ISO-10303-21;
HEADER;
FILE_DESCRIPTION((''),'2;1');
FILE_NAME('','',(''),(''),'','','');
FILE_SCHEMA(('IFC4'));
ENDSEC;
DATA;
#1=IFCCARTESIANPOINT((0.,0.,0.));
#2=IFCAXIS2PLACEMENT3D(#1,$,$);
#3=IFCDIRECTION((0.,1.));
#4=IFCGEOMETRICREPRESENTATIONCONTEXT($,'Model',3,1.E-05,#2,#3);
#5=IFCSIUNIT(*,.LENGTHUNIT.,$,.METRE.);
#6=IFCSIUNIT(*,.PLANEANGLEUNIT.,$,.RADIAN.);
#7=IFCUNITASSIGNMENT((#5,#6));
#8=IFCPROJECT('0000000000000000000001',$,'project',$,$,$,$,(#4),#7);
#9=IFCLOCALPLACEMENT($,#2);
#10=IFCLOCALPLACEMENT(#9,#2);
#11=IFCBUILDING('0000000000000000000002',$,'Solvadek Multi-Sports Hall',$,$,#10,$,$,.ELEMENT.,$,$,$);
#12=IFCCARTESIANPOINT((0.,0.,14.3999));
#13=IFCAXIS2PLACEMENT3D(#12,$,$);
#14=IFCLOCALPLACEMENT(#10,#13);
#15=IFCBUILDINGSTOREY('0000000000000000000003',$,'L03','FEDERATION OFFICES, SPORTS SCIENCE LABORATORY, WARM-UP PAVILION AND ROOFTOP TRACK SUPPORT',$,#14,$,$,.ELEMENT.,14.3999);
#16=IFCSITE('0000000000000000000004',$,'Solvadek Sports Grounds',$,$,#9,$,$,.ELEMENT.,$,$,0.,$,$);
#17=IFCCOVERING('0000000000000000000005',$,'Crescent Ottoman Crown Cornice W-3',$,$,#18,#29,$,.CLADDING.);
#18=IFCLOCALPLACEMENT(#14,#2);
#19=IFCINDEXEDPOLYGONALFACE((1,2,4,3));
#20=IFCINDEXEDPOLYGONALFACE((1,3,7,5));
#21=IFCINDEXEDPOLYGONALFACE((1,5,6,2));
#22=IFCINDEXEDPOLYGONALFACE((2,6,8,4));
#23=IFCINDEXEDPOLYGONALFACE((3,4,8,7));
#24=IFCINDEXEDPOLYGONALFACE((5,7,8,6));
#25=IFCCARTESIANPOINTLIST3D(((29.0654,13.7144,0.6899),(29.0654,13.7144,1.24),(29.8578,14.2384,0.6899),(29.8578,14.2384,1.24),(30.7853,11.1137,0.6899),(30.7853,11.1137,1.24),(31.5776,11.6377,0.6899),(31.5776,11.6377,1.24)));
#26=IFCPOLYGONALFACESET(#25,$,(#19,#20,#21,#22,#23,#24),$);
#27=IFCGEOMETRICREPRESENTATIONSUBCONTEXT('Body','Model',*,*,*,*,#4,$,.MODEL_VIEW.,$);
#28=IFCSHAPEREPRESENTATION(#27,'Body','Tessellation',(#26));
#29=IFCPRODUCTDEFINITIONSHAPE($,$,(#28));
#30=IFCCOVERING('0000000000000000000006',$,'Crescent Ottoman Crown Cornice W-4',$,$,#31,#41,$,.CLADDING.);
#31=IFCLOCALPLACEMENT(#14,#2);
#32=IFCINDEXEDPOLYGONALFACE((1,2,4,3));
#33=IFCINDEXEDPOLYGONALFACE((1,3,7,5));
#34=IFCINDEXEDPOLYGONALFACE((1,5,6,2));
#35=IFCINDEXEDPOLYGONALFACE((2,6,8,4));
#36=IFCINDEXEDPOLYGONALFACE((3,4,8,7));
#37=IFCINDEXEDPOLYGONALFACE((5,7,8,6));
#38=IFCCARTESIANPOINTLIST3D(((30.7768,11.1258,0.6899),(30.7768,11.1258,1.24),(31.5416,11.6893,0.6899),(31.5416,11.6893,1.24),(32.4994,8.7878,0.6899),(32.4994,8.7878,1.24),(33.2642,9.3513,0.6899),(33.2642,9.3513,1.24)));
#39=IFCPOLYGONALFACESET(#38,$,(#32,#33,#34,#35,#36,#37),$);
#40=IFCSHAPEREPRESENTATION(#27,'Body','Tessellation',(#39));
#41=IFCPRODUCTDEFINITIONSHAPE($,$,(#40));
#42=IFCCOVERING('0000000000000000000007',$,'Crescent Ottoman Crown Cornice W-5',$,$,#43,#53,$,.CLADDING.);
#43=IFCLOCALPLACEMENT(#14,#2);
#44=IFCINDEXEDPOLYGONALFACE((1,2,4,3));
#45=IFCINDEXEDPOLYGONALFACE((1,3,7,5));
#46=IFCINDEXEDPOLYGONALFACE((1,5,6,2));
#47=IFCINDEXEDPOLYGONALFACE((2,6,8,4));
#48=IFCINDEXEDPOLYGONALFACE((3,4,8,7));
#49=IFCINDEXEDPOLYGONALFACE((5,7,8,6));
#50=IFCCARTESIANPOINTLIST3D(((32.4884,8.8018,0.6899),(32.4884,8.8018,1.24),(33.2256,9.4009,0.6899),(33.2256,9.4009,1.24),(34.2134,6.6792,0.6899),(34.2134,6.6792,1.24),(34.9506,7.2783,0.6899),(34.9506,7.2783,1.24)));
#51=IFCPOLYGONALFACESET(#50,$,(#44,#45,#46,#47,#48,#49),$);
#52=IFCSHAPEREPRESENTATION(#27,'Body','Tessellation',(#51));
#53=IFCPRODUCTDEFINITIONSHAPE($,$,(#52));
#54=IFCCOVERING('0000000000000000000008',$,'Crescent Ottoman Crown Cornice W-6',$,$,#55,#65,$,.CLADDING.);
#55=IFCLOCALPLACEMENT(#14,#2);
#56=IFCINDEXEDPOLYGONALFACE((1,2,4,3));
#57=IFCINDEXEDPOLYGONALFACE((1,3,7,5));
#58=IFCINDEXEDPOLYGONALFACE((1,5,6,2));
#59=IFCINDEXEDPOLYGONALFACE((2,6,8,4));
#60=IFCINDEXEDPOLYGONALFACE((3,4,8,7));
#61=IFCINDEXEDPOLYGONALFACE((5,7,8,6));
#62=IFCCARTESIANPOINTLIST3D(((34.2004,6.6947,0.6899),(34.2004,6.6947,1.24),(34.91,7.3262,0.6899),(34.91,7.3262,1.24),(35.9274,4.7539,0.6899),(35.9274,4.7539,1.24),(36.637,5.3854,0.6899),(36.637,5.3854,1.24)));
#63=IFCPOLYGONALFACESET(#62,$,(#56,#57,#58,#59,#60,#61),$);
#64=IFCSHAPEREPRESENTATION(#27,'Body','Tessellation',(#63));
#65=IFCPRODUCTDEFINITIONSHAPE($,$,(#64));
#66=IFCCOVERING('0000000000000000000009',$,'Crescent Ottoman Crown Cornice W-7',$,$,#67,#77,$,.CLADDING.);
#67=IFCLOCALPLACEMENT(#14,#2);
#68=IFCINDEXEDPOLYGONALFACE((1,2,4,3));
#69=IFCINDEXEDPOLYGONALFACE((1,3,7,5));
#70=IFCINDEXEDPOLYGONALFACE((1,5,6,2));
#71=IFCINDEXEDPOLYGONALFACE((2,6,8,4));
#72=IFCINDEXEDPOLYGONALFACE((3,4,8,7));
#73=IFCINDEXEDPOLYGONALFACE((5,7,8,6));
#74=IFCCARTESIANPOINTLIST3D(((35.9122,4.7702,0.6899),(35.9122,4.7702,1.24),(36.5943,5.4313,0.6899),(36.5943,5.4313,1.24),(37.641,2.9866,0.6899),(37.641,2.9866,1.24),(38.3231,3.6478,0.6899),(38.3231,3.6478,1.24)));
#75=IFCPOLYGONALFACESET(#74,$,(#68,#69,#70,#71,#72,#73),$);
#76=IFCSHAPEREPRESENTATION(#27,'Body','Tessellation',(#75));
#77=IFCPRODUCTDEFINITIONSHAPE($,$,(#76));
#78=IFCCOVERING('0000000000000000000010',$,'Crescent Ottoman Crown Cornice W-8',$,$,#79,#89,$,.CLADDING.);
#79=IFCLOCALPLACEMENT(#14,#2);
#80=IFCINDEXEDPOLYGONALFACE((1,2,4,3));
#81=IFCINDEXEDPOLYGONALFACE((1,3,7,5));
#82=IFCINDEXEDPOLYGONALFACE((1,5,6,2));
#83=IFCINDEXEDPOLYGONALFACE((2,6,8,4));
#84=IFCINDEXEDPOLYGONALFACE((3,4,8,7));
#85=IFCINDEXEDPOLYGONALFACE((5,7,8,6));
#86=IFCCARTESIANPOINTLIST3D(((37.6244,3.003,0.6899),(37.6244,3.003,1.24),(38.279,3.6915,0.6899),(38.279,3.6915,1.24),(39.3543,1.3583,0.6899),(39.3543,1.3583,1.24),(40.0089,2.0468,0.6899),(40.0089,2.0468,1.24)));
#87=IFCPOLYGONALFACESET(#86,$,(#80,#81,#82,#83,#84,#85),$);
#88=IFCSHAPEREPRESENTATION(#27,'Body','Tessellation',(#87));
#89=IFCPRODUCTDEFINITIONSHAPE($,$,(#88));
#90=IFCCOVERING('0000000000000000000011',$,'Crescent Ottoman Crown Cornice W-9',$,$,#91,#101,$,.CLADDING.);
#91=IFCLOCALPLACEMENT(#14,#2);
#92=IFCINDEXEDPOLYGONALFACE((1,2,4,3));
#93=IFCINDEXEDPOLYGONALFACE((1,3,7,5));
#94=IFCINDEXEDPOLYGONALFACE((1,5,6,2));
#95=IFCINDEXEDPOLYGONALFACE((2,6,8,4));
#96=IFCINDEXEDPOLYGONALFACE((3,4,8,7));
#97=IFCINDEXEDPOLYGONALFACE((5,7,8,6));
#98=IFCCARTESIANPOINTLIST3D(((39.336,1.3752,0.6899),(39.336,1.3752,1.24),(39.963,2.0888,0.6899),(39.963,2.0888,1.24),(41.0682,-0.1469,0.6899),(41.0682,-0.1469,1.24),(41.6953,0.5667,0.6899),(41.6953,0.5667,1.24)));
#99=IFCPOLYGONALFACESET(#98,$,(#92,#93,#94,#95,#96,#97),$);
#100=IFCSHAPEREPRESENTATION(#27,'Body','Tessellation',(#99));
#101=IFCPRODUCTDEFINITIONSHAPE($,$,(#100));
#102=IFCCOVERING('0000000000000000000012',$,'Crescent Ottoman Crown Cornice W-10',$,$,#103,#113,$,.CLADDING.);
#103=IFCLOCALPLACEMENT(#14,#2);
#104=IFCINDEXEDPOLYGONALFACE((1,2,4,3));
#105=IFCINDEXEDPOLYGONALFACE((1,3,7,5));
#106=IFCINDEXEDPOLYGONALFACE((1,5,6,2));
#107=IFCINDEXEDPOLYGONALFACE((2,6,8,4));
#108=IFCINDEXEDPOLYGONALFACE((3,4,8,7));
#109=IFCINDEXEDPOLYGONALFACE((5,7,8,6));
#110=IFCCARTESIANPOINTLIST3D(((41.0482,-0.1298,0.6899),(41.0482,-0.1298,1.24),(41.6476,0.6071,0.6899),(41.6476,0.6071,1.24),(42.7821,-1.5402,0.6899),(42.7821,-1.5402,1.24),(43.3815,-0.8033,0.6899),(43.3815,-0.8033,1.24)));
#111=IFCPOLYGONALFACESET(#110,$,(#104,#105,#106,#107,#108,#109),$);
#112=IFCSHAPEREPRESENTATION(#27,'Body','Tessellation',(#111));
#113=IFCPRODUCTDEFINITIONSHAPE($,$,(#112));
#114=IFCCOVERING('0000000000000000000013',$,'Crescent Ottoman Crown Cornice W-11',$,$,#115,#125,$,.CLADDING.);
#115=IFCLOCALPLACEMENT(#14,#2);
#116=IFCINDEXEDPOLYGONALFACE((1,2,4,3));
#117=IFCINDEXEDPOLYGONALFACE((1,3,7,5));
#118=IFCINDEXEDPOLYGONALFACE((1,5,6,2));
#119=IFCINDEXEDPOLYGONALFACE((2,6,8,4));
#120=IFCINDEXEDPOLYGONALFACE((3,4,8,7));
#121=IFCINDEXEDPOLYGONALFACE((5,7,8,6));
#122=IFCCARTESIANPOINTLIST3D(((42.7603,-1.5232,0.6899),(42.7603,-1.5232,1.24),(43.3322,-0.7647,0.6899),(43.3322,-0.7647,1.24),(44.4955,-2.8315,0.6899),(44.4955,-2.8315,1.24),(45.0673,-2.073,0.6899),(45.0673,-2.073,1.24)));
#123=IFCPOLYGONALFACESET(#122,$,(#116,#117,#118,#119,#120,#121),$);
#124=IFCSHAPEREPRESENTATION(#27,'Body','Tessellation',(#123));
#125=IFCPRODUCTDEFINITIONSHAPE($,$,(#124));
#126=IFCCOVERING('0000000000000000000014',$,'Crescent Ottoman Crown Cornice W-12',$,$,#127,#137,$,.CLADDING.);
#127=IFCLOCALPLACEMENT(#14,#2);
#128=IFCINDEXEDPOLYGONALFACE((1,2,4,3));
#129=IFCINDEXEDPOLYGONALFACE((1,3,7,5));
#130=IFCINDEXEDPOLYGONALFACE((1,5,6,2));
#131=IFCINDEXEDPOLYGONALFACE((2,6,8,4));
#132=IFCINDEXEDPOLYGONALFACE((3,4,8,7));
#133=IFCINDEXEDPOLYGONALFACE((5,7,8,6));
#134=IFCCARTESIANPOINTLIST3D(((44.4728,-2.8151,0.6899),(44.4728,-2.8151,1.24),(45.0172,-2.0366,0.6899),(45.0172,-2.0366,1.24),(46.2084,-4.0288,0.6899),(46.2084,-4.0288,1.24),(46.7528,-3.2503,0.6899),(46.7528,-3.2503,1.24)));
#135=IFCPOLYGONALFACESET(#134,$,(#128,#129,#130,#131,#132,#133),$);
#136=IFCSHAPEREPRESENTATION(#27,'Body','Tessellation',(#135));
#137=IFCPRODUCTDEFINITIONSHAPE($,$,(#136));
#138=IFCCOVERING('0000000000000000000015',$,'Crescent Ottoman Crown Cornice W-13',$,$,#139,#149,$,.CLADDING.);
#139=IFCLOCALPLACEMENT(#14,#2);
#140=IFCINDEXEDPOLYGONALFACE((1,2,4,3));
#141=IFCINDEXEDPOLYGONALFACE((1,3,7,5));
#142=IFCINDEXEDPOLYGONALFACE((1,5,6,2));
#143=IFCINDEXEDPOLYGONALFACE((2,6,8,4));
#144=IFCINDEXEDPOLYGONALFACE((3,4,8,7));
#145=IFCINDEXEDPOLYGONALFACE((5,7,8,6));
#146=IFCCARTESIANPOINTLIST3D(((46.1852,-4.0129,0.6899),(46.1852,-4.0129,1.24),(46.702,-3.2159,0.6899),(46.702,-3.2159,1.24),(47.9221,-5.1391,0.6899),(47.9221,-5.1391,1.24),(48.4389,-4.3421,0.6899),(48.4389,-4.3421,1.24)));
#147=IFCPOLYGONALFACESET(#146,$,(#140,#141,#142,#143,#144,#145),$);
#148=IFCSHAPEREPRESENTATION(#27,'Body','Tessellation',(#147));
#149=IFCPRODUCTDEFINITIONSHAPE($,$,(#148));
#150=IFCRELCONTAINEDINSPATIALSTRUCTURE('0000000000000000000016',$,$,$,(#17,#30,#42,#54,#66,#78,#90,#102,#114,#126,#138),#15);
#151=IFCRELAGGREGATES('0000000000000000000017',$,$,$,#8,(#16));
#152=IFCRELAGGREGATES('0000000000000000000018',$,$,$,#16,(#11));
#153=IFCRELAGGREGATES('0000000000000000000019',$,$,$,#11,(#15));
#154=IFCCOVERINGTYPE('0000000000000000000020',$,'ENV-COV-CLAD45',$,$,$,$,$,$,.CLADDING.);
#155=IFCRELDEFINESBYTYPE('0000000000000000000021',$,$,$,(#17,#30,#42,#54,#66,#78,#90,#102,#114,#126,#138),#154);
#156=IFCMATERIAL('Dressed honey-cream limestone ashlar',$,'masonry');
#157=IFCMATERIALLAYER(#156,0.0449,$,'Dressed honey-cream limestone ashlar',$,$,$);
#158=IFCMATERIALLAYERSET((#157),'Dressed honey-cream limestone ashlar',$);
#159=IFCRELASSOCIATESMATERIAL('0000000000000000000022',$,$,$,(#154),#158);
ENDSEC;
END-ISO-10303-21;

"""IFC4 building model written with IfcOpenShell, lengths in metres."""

from ifc_helpers import new_model, si_unit, direction, frame, origin, origin_2d, place, context, subcontext, project, spatial, rectangle, extrude, material, layer, layer_set, type_object, element, save


model = new_model("IFC4")

# Units and contexts
model_context = context("Model", 3, precision=1e-05, world=origin(), true_north=direction((0.0, 1.0)))
body_context = subcontext(model_context, "Body", "Model", "MODEL_VIEW")
ifc_project = project(units=[si_unit("LENGTHUNIT", "METRE"), si_unit("PLANEANGLEUNIT", "RADIAN")], contexts=[model_context])

# Site, building, storey
site_placement = place(None, origin())
site = spatial("IfcSite", under=ifc_project, at=site_placement, Name="Solvadek Sports Grounds", CompositionType="ELEMENT", RefElevation=0.0)
building_placement = place(site_placement, origin())
building = spatial("IfcBuilding", under=site, at=building_placement, Name="Solvadek Multi-Sports Hall", CompositionType="ELEMENT")
storey_placement = place(building_placement, frame((0.0, 0.0, 14.3999)))
storey = spatial("IfcBuildingStorey", under=building, at=storey_placement, Name="L03", Description="FEDERATION OFFICES, SPORTS SCIENCE LABORATORY, WARM-UP PAVILION AND ROOFTOP TRACK SUPPORT", CompositionType="ELEMENT", Elevation=14.3999)

# Shared definitions
ifc_material_1 = material(Name="Dressed honey-cream limestone ashlar", Category="masonry")

# Coverings
ifc_layer_1 = layer(ifc_material_1, 0.0449, Name="Dressed honey-cream limestone ashlar")
ifc_layer_set_1 = layer_set([ifc_layer_1], Name="Dressed honey-cream limestone ashlar")
covering_type = type_object("IfcCoveringType", Name="ENV-COV-CLAD45", PredefinedType="CLADDING", material=ifc_layer_set_1)
covering_1_placement = place(storey_placement, frame((30.3215, 12.676, 0.6899), z_axis=(0.0, 0.0, 1.0), x_axis=(0.55161, -0.834102, 0.0)))
element("IfcCovering", 1, at=covering_1_placement, inside=storey, type_object=covering_type, Name="Crescent Ottoman Crown Cornice W-3", PredefinedType="CLADDING", context=body_context, shape_type="SweptSolid", body=[
    extrude(rectangle(XDim=3.1179, YDim=0.95, at=origin_2d()), origin(), (0.0, 0.0, 1.0), 0.55),
])
covering_2_placement = place(storey_placement, frame((32.0205, 10.2385, 0.6899), z_axis=(0.0, 0.0, 1.0), x_axis=(0.593159, -0.805085, 0.0)))
element("IfcCovering", 2, at=covering_2_placement, inside=storey, type_object=covering_type, Name="Crescent Ottoman Crown Cornice W-4", PredefinedType="CLADDING", context=body_context, shape_type="SweptSolid", body=[
    extrude(rectangle(XDim=2.9041, YDim=0.95, at=origin_2d()), origin(), (0.0, 0.0, 1.0), 0.55),
])
covering_3_placement = place(storey_placement, frame((33.7195, 8.04, 0.6899), z_axis=(0.0, 0.0, 1.0), x_axis=(0.630677, -0.776045, 0.0)))
element("IfcCovering", 3, at=covering_3_placement, inside=storey, type_object=covering_type, Name="Crescent Ottoman Crown Cornice W-5", PredefinedType="CLADDING", context=body_context, shape_type="SweptSolid", body=[
    extrude(rectangle(XDim=2.7351, YDim=0.95, at=origin_2d()), origin(), (0.0, 0.0, 1.0), 0.55),
])
covering_4_placement = place(storey_placement, frame((35.4187, 6.04, 0.6899), z_axis=(0.0, 0.0, 1.0), x_axis=(0.664767, -0.74705, 0.0)))
element("IfcCovering", 4, at=covering_4_placement, inside=storey, type_object=covering_type, Name="Crescent Ottoman Crown Cornice W-6", PredefinedType="CLADDING", context=body_context, shape_type="SweptSolid", body=[
    extrude(rectangle(XDim=2.5979, YDim=0.95, at=origin_2d()), origin(), (0.0, 0.0, 1.0), 0.55),
])
covering_5_placement = place(storey_placement, frame((37.1177, 4.209, 0.6899), z_axis=(0.0, 0.0, 1.0), x_axis=(0.696005, -0.718037, 0.0)))
element("IfcCovering", 5, at=covering_5_placement, inside=storey, type_object=covering_type, Name="Crescent Ottoman Crown Cornice W-7", PredefinedType="CLADDING", context=body_context, shape_type="SweptSolid", body=[
    extrude(rectangle(XDim=2.4839, YDim=0.95, at=origin_2d()), origin(), (0.0, 0.0, 1.0), 0.55),
])
covering_6_placement = place(storey_placement, frame((38.8167, 2.5249, 0.6899), z_axis=(0.0, 0.0, 1.0), x_axis=(0.724733, -0.689029, 0.0)))
element("IfcCovering", 6, at=covering_6_placement, inside=storey, type_object=covering_type, Name="Crescent Ottoman Crown Cornice W-8", PredefinedType="CLADDING", context=body_context, shape_type="SweptSolid", body=[
    extrude(rectangle(XDim=2.387, YDim=0.95, at=origin_2d()), origin(), (0.0, 0.0, 1.0), 0.55),
])
covering_7_placement = place(storey_placement, frame((40.5156, 0.9709, 0.6899), z_axis=(0.0, 0.0, 1.0), x_axis=(0.751215, -0.660057, 0.0)))
element("IfcCovering", 7, at=covering_7_placement, inside=storey, type_object=covering_type, Name="Crescent Ottoman Crown Cornice W-9", PredefinedType="CLADDING", context=body_context, shape_type="SweptSolid", body=[
    extrude(rectangle(XDim=2.3059, YDim=0.95, at=origin_2d()), origin(), (0.0, 0.0, 1.0), 0.55),
])
covering_8_placement = place(storey_placement, frame((42.2148, -0.4666, 0.6899), z_axis=(0.0, 0.0, 1.0), x_axis=(0.775755, -0.631034, 0.0)))
element("IfcCovering", 8, at=covering_8_placement, inside=storey, type_object=covering_type, Name="Crescent Ottoman Crown Cornice W-10", PredefinedType="CLADDING", context=body_context, shape_type="SweptSolid", body=[
    extrude(rectangle(XDim=2.2351, YDim=0.95, at=origin_2d()), origin(), (0.0, 0.0, 1.0), 0.55),
])
covering_9_placement = place(storey_placement, frame((43.9138, -1.7981, 0.6899), z_axis=(0.0, 0.0, 1.0), x_axis=(0.798475, -0.602028, 0.0)))
element("IfcCovering", 9, at=covering_9_placement, inside=storey, type_object=covering_type, Name="Crescent Ottoman Crown Cornice W-11", PredefinedType="CLADDING", context=body_context, shape_type="SweptSolid", body=[
    extrude(rectangle(XDim=2.1731, YDim=0.95, at=origin_2d()), origin(), (0.0, 0.0, 1.0), 0.55),
])
covering_10_placement = place(storey_placement, frame((45.6128, -3.0327, 0.6899), z_axis=(0.0, 0.0, 1.0), x_axis=(0.819513, -0.573061, 0.0)))
element("IfcCovering", 10, at=covering_10_placement, inside=storey, type_object=covering_type, Name="Crescent Ottoman Crown Cornice W-12", PredefinedType="CLADDING", context=body_context, shape_type="SweptSolid", body=[
    extrude(rectangle(XDim=2.1179, YDim=0.95, at=origin_2d()), origin(), (0.0, 0.0, 1.0), 0.55),
])
covering_11_placement = place(storey_placement, frame((47.312, -4.1775, 0.6899), z_axis=(0.0, 0.0, 1.0), x_axis=(0.839053, -0.544049, 0.0)))
element("IfcCovering", 11, at=covering_11_placement, inside=storey, type_object=covering_type, Name="Crescent Ottoman Crown Cornice W-13", PredefinedType="CLADDING", context=body_context, shape_type="SweptSolid", body=[
    extrude(rectangle(XDim=2.0701, YDim=0.95, at=origin_2d()), origin(), (0.0, 0.0, 1.0), 0.55),
])

save(model, "model.ifc")
